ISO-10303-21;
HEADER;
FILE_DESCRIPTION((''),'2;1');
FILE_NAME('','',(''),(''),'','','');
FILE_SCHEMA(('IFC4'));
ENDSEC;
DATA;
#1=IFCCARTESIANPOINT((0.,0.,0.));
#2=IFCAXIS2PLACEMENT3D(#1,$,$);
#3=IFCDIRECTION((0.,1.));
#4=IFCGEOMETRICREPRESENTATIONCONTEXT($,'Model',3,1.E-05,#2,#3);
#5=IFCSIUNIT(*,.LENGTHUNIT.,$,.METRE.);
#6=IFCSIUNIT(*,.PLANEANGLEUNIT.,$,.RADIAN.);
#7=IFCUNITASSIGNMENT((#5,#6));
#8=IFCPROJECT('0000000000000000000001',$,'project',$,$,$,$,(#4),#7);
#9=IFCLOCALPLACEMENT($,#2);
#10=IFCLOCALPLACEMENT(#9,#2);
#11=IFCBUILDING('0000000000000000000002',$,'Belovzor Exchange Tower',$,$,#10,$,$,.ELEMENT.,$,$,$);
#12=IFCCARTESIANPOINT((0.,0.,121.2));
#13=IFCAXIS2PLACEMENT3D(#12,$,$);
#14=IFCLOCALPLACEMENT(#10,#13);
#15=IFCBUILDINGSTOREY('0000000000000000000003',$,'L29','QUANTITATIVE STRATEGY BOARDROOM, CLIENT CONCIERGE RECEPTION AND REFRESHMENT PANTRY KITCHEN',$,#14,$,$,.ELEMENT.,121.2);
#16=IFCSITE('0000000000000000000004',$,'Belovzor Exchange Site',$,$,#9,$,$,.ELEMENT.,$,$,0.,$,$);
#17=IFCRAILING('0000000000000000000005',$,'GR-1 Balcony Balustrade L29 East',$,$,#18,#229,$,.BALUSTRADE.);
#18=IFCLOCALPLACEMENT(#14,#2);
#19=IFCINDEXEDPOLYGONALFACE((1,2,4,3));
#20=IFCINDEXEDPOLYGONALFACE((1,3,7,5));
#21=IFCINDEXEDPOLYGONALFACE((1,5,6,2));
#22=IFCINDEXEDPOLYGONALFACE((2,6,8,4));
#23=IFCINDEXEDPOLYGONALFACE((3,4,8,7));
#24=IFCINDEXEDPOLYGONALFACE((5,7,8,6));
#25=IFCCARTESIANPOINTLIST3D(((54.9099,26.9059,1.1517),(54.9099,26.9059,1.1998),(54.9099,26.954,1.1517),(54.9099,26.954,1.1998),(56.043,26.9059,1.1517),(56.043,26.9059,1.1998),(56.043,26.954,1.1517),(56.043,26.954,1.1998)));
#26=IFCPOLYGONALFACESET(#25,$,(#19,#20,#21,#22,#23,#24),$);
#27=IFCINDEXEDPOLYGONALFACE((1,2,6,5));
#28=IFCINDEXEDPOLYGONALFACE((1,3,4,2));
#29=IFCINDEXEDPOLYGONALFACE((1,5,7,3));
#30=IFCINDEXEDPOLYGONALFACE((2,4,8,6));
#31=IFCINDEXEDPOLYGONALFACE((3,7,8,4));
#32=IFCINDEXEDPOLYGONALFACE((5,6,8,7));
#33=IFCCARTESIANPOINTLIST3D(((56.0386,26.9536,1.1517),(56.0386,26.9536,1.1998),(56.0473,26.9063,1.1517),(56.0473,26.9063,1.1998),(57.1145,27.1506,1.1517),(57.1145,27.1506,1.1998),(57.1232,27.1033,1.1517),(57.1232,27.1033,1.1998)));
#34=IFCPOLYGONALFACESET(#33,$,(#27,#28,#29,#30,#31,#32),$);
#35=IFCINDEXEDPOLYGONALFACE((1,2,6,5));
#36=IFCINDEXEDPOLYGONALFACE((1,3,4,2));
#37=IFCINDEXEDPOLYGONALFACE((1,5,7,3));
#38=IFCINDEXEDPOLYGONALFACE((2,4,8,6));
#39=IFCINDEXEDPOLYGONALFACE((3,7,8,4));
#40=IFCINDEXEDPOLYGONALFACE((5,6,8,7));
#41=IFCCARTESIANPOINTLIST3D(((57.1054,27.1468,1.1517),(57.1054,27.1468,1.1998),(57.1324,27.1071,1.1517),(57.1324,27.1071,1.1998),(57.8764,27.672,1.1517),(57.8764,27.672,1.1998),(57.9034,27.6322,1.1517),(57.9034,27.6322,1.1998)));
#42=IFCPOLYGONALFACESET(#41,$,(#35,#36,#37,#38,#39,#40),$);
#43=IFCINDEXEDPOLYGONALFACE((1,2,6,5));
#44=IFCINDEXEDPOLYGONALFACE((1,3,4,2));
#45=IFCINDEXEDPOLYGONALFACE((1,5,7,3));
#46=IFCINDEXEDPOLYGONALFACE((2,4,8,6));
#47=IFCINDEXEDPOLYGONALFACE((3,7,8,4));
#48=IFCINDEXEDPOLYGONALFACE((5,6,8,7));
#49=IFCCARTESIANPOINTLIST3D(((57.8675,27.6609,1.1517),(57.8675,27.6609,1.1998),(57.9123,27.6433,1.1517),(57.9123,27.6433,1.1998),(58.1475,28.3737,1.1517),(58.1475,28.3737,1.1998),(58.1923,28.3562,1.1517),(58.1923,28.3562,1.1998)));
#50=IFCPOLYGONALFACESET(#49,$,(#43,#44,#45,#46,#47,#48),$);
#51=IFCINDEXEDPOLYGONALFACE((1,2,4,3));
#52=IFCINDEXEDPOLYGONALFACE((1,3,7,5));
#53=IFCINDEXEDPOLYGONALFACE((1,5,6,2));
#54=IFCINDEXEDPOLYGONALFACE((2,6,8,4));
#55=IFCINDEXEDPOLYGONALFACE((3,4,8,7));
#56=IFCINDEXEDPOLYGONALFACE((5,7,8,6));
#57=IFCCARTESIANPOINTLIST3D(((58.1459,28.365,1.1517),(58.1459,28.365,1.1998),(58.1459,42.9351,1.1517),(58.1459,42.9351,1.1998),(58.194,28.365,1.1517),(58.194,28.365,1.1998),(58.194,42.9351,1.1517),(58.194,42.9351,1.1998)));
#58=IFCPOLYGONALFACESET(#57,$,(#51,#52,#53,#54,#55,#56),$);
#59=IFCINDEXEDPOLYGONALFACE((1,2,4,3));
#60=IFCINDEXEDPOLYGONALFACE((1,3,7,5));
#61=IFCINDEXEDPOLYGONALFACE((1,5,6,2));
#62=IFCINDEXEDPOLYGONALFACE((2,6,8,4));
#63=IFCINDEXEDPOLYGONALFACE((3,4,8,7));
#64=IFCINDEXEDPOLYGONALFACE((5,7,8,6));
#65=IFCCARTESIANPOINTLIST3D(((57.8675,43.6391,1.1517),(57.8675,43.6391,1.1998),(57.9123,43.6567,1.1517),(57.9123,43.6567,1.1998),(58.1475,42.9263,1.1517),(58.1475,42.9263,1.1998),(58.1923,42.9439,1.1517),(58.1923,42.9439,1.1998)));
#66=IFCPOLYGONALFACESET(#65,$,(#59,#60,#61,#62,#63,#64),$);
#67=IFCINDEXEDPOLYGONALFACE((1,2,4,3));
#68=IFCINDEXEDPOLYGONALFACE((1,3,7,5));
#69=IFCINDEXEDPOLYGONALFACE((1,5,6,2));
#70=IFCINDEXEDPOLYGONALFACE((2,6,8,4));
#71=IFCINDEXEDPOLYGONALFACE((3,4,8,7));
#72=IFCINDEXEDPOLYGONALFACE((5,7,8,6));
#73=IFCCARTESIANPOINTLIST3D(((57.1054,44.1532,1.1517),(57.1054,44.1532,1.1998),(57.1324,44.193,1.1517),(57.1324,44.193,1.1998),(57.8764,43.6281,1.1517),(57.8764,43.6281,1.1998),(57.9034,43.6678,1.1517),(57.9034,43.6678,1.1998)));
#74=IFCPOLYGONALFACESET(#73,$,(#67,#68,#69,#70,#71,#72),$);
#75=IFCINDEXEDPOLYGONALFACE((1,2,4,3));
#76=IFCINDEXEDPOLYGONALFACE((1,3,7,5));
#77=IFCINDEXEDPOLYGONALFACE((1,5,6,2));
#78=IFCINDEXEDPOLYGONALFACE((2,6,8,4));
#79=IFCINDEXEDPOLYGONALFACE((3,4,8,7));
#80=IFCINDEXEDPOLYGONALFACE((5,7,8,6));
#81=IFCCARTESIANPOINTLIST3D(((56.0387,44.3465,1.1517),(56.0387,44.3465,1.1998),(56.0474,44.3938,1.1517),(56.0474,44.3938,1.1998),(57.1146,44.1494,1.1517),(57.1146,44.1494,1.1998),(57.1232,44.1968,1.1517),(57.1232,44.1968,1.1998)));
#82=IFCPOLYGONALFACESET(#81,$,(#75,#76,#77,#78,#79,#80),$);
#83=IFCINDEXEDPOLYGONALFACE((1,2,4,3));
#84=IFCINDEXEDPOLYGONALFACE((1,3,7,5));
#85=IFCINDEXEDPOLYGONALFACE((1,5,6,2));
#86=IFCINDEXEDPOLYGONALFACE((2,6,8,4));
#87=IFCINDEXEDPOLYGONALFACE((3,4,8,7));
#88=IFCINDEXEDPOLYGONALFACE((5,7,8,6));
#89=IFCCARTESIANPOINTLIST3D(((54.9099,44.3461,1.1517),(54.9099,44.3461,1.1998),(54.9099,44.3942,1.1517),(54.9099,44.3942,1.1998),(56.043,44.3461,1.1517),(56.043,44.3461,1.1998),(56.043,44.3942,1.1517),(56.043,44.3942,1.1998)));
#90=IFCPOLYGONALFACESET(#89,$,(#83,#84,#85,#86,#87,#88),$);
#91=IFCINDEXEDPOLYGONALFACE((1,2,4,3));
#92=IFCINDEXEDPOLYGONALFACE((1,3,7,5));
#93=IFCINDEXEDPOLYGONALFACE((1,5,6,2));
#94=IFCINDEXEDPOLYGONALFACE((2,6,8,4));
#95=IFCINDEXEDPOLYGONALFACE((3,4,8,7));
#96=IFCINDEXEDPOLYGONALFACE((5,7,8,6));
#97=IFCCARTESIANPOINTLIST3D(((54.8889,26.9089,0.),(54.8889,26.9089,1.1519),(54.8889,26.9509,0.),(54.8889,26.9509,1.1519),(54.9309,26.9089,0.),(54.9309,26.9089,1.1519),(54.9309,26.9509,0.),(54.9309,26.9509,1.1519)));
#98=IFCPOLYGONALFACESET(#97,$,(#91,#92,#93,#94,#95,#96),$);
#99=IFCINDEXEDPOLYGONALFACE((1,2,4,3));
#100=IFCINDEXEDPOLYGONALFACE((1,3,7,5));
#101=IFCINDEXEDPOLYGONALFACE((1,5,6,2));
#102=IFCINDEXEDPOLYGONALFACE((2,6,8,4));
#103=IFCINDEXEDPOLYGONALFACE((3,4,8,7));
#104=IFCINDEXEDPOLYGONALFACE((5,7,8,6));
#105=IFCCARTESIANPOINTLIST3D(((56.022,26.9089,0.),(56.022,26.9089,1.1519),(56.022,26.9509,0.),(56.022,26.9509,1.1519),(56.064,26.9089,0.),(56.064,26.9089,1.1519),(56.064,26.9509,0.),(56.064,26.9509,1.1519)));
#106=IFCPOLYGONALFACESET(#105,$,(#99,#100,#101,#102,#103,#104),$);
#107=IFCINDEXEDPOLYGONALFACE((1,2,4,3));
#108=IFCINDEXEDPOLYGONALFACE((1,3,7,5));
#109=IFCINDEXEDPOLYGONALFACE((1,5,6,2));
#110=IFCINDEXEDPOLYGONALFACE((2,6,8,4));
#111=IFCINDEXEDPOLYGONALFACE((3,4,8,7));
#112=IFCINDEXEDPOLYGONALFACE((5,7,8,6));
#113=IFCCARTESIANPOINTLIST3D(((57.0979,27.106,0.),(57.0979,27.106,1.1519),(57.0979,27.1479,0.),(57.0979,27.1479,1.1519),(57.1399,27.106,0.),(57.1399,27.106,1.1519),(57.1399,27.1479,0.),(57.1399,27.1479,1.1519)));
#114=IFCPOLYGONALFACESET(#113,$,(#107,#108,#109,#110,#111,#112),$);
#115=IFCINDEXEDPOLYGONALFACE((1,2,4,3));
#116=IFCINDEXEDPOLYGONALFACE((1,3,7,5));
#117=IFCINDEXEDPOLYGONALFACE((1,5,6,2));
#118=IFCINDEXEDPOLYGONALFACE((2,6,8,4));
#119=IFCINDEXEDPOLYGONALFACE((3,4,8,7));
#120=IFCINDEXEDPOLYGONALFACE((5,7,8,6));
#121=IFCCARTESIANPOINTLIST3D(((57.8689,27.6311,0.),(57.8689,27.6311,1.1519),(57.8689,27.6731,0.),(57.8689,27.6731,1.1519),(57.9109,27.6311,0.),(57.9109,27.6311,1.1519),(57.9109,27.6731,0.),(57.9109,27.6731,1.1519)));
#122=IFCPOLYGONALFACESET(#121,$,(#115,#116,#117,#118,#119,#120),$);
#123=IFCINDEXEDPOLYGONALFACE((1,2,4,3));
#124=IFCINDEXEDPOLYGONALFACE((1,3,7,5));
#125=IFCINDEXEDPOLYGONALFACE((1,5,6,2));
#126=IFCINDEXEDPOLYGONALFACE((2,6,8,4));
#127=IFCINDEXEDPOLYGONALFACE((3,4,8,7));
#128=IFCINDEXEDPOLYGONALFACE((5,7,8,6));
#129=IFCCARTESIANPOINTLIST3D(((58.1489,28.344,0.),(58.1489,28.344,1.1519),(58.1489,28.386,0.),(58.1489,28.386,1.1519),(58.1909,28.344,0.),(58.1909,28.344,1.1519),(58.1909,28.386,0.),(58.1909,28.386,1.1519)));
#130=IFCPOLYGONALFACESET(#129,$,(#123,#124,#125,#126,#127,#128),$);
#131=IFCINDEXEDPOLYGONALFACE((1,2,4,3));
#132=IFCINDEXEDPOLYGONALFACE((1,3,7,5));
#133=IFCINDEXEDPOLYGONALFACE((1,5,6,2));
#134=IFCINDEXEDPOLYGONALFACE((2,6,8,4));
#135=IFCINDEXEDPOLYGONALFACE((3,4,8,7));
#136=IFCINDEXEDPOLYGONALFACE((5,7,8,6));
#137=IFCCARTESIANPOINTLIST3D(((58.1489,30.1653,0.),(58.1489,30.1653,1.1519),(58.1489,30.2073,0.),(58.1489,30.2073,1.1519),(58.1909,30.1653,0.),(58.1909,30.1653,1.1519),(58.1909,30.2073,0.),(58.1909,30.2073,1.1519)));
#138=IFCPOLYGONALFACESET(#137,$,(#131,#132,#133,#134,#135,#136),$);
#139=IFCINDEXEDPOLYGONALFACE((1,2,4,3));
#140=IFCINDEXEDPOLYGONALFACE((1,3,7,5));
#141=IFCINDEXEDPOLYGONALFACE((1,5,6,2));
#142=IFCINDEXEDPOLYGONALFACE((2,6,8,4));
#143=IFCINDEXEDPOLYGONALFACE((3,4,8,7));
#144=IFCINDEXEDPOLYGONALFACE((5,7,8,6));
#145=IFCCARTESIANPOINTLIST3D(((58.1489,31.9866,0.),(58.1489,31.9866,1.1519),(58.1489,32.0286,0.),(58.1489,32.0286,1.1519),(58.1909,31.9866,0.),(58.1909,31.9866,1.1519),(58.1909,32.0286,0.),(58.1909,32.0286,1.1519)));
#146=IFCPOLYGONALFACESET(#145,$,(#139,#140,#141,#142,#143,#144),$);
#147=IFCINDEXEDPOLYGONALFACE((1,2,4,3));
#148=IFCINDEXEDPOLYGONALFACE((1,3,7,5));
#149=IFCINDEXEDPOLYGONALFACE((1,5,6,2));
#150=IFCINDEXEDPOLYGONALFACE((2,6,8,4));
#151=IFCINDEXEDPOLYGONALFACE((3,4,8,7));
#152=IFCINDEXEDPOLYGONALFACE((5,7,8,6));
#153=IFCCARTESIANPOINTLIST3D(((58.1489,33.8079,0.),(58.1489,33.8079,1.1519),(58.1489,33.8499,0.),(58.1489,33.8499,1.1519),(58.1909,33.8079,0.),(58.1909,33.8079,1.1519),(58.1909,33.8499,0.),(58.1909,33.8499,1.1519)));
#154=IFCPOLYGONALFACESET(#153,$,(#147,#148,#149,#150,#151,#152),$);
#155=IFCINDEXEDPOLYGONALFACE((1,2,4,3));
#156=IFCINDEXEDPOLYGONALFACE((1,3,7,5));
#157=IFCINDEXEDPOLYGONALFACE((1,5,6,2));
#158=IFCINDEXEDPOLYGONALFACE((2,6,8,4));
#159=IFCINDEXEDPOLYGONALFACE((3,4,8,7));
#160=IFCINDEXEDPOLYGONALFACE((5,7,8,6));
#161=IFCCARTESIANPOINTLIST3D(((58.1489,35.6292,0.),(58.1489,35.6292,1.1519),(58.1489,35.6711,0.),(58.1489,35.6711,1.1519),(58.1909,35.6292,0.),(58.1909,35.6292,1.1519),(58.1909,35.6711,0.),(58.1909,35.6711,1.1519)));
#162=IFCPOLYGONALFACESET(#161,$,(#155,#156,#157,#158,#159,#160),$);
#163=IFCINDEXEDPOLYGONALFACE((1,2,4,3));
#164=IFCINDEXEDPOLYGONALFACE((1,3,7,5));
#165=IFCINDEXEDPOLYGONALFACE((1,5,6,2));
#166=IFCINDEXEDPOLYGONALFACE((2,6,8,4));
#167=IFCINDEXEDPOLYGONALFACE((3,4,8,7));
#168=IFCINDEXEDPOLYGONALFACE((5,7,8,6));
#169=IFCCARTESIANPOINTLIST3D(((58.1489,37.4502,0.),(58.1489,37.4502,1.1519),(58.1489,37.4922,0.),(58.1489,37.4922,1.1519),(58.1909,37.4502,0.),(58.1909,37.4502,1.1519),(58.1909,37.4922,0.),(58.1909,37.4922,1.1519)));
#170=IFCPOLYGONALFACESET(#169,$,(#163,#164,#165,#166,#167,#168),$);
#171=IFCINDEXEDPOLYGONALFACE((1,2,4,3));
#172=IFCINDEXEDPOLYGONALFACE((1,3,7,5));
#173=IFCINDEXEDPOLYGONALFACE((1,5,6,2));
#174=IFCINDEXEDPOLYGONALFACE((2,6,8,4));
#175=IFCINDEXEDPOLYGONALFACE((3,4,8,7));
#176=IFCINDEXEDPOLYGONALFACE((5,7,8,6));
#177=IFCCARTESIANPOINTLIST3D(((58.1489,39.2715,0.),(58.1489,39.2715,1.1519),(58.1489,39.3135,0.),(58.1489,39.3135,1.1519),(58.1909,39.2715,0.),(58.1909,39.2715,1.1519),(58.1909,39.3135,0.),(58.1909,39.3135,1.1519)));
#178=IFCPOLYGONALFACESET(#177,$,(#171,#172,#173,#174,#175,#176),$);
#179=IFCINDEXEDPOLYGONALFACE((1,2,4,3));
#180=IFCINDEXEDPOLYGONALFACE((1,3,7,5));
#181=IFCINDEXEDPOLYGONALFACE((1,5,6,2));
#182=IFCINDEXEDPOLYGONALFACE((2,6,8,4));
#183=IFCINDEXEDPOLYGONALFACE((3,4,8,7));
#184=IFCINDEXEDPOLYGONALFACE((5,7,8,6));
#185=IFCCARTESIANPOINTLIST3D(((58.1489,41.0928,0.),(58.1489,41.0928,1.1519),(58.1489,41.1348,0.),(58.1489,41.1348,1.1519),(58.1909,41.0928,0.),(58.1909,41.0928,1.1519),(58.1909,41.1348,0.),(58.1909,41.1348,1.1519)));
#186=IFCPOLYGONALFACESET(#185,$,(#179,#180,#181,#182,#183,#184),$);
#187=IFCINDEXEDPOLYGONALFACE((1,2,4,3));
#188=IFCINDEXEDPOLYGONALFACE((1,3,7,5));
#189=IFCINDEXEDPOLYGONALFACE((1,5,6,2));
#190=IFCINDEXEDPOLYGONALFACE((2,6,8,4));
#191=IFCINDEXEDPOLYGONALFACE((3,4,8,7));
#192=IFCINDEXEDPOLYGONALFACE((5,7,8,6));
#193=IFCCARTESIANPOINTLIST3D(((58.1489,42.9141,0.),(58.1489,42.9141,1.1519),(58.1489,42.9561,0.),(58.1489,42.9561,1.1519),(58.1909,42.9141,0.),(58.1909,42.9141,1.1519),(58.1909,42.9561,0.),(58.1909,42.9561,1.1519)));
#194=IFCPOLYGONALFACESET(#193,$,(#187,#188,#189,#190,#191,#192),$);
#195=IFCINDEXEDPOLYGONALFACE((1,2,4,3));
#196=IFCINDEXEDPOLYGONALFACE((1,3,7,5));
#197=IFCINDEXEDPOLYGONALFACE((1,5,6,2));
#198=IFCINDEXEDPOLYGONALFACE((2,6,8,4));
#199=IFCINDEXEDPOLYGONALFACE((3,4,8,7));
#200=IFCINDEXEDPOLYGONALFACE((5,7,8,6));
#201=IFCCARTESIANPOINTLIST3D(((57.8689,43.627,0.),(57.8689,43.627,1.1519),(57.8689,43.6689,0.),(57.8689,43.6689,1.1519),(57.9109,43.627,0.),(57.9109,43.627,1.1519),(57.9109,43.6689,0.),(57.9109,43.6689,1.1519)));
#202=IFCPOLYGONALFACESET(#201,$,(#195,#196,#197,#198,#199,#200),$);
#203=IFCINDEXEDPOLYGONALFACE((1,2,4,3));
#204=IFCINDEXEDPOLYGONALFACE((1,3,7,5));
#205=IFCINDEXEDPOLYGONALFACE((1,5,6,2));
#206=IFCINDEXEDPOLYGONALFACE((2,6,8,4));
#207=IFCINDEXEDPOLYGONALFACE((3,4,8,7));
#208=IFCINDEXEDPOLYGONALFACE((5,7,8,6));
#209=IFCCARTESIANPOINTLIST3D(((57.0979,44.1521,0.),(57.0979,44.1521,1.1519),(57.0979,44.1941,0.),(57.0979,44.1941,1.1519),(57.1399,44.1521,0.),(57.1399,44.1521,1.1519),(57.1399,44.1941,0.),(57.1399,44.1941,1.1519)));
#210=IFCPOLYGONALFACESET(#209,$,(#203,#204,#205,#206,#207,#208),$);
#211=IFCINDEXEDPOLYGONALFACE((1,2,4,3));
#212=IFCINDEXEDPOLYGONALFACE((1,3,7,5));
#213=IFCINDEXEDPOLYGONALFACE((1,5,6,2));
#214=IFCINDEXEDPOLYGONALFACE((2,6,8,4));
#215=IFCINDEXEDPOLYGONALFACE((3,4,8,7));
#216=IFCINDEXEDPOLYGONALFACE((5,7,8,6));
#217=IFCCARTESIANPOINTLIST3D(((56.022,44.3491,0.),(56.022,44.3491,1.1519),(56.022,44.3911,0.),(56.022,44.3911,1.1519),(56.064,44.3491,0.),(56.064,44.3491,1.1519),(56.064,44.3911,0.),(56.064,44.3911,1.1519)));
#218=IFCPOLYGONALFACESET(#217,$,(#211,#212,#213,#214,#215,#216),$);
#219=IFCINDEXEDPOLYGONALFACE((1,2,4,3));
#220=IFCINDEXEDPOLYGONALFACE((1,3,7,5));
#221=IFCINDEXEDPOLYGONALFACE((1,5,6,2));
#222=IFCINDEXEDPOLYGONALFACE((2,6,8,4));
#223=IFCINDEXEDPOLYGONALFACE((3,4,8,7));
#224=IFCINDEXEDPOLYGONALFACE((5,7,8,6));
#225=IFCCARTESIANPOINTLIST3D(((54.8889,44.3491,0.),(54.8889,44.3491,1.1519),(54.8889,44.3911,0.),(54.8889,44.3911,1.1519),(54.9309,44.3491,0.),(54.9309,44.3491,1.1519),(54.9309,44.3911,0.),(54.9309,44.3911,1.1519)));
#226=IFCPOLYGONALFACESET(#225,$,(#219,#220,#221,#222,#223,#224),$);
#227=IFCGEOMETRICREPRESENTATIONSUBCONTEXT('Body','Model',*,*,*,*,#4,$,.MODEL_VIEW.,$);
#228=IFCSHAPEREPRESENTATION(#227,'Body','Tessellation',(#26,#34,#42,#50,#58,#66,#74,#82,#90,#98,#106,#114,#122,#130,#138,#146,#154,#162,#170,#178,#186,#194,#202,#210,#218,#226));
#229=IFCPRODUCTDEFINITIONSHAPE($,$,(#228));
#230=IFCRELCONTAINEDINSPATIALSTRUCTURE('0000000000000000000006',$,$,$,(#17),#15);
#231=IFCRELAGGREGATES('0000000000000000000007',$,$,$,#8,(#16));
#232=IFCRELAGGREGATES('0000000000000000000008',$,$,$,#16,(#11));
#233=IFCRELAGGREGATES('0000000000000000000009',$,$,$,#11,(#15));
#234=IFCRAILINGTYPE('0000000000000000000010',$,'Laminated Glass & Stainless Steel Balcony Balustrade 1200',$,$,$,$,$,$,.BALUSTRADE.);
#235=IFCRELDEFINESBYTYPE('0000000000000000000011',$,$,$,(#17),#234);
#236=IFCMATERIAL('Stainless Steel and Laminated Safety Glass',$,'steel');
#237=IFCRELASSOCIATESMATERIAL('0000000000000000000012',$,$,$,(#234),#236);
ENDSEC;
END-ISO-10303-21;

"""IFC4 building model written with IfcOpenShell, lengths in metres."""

from ifc_helpers import new_model, si_unit, direction, frame, origin, origin_2d, place, context, subcontext, project, spatial, rectangle, extrude, material, type_object, element, save


model = new_model("IFC4")

# Units and contexts
model_context = context("Model", 3, precision=1e-05, world=origin(), true_north=direction((0.0, 1.0)))
body_context = subcontext(model_context, "Body", "Model", "MODEL_VIEW")
ifc_project = project(units=[si_unit("LENGTHUNIT", "METRE"), si_unit("PLANEANGLEUNIT", "RADIAN")], contexts=[model_context])

# Site, building, storey
site_placement = place(None, origin())
site = spatial("IfcSite", under=ifc_project, at=site_placement, Name="Belovzor Exchange Site", CompositionType="ELEMENT", RefElevation=0.0)
building_placement = place(site_placement, origin())
building = spatial("IfcBuilding", under=site, at=building_placement, Name="Belovzor Exchange Tower", CompositionType="ELEMENT")
storey_placement = place(building_placement, frame((0.0, 0.0, 121.2)))
storey = spatial("IfcBuildingStorey", under=building, at=storey_placement, Name="L29", Description="QUANTITATIVE STRATEGY BOARDROOM, CLIENT CONCIERGE RECEPTION AND REFRESHMENT PANTRY KITCHEN", CompositionType="ELEMENT", Elevation=121.2)

# Railing
ifc_material_1 = material(Name="Stainless Steel and Laminated Safety Glass", Category="steel")
railing_type = type_object("IfcRailingType", Name="Laminated Glass & Stainless Steel Balcony Balustrade 1200", PredefinedType="BALUSTRADE", material=ifc_material_1)
railing_placement = place(storey_placement, frame((54.9099, 26.9299, 0.0)))
element("IfcRailing", 1, at=railing_placement, inside=storey, type_object=railing_type, Name="GR-1 Balcony Balustrade L29 East", PredefinedType="BALUSTRADE", context=body_context, shape_type="SweptSolid", body=[
    extrude(rectangle(XDim=0.0481, YDim=0.0481, at=origin_2d()), frame((0.0, 0.0, 1.1758), z_axis=(1.0, 0.0, 0.0), x_axis=(0.0, 1.0, 0.0)), (0.0, 0.0, 1.0), 1.1331),
    extrude(rectangle(XDim=0.0481, YDim=0.0481, at=origin_2d()), frame((1.1331, 0.0, 1.1758), z_axis=(0.983644, 0.180123, 0.0), x_axis=(-0.180123, 0.983644, 0.0)), (0.0, 0.0, 1.0), 1.0938),
    extrude(rectangle(XDim=0.0481, YDim=0.0481, at=origin_2d()), frame((2.209, 0.197, 1.1758), z_axis=(0.826493, 0.562947, 0.0), x_axis=(-0.562947, 0.826493, 0.0)), (0.0, 0.0, 1.0), 0.9329),
    extrude(rectangle(XDim=0.0481, YDim=0.0481, at=origin_2d()), frame((2.98, 0.7222, 1.1758), z_axis=(0.365613, 0.930767, 0.0), x_axis=(-0.930767, 0.365613, 0.0)), (0.0, 0.0, 1.0), 0.7659),
    extrude(rectangle(XDim=0.0481, YDim=0.0481, at=origin_2d()), frame((3.26, 1.4351, 1.1758), z_axis=(0.0, 1.0, 0.0), x_axis=(-1.0, 0.0, 0.0)), (0.0, 0.0, 1.0), 14.5701),
    extrude(rectangle(XDim=0.0481, YDim=0.0481, at=origin_2d()), frame((3.26, 16.0051, 1.1758), z_axis=(-0.365613, 0.930767, 0.0), x_axis=(-0.930767, -0.365613, 0.0)), (0.0, 0.0, 1.0), 0.7659),
    extrude(rectangle(XDim=0.0481, YDim=0.0481, at=origin_2d()), frame((2.98, 16.718, 1.1758), z_axis=(-0.826493, 0.562947, 0.0), x_axis=(-0.562947, -0.826493, 0.0)), (0.0, 0.0, 1.0), 0.9329),
    extrude(rectangle(XDim=0.0481, YDim=0.0481, at=origin_2d()), frame((2.209, 17.2432, 1.1758), z_axis=(-0.983644, 0.180123, 0.0), x_axis=(-0.180123, -0.983644, 0.0)), (0.0, 0.0, 1.0), 1.0938),
    extrude(rectangle(XDim=0.0481, YDim=0.0481, at=origin_2d()), frame((1.1331, 17.4402, 1.1758), z_axis=(-1.0, 0.0, 0.0), x_axis=(0.0, -1.0, 0.0)), (0.0, 0.0, 1.0), 1.1331),
    extrude(rectangle(XDim=0.042, YDim=0.042, at=origin_2d()), origin(), (0.0, 0.0, 1.0), 1.1519),
    extrude(rectangle(XDim=0.042, YDim=0.042, at=origin_2d()), frame((1.1331, 0.0, 0.0)), (0.0, 0.0, 1.0), 1.1519),
    extrude(rectangle(XDim=0.042, YDim=0.042, at=origin_2d()), frame((2.209, 0.197, 0.0)), (0.0, 0.0, 1.0), 1.1519),
    extrude(rectangle(XDim=0.042, YDim=0.042, at=origin_2d()), frame((2.98, 0.7222, 0.0)), (0.0, 0.0, 1.0), 1.1519),
    extrude(rectangle(XDim=0.042, YDim=0.042, at=origin_2d()), frame((3.26, 1.4351, 0.0)), (0.0, 0.0, 1.0), 1.1519),
    extrude(rectangle(XDim=0.042, YDim=0.042, at=origin_2d()), frame((3.26, 3.2563, 0.0)), (0.0, 0.0, 1.0), 1.1519),
    extrude(rectangle(XDim=0.042, YDim=0.042, at=origin_2d()), frame((3.26, 5.0776, 0.0)), (0.0, 0.0, 1.0), 1.1519),
    extrude(rectangle(XDim=0.042, YDim=0.042, at=origin_2d()), frame((3.26, 6.8989, 0.0)), (0.0, 0.0, 1.0), 1.1519),
    extrude(rectangle(XDim=0.042, YDim=0.042, at=origin_2d()), frame((3.26, 8.7202, 0.0)), (0.0, 0.0, 1.0), 1.1519),
    extrude(rectangle(XDim=0.042, YDim=0.042, at=origin_2d()), frame((3.26, 10.5413, 0.0)), (0.0, 0.0, 1.0), 1.1519),
    extrude(rectangle(XDim=0.042, YDim=0.042, at=origin_2d()), frame((3.26, 12.3625, 0.0)), (0.0, 0.0, 1.0), 1.1519),
    extrude(rectangle(XDim=0.042, YDim=0.042, at=origin_2d()), frame((3.26, 14.1838, 0.0)), (0.0, 0.0, 1.0), 1.1519),
    extrude(rectangle(XDim=0.042, YDim=0.042, at=origin_2d()), frame((3.26, 16.0051, 0.0)), (0.0, 0.0, 1.0), 1.1519),
    extrude(rectangle(XDim=0.042, YDim=0.042, at=origin_2d()), frame((2.98, 16.718, 0.0)), (0.0, 0.0, 1.0), 1.1519),
    extrude(rectangle(XDim=0.042, YDim=0.042, at=origin_2d()), frame((2.209, 17.2432, 0.0)), (0.0, 0.0, 1.0), 1.1519),
    extrude(rectangle(XDim=0.042, YDim=0.042, at=origin_2d()), frame((1.1331, 17.4402, 0.0)), (0.0, 0.0, 1.0), 1.1519),
    extrude(rectangle(XDim=0.042, YDim=0.042, at=origin_2d()), frame((0.0, 17.4402, 0.0)), (0.0, 0.0, 1.0), 1.1519),
])

save(model, "model.ifc")
